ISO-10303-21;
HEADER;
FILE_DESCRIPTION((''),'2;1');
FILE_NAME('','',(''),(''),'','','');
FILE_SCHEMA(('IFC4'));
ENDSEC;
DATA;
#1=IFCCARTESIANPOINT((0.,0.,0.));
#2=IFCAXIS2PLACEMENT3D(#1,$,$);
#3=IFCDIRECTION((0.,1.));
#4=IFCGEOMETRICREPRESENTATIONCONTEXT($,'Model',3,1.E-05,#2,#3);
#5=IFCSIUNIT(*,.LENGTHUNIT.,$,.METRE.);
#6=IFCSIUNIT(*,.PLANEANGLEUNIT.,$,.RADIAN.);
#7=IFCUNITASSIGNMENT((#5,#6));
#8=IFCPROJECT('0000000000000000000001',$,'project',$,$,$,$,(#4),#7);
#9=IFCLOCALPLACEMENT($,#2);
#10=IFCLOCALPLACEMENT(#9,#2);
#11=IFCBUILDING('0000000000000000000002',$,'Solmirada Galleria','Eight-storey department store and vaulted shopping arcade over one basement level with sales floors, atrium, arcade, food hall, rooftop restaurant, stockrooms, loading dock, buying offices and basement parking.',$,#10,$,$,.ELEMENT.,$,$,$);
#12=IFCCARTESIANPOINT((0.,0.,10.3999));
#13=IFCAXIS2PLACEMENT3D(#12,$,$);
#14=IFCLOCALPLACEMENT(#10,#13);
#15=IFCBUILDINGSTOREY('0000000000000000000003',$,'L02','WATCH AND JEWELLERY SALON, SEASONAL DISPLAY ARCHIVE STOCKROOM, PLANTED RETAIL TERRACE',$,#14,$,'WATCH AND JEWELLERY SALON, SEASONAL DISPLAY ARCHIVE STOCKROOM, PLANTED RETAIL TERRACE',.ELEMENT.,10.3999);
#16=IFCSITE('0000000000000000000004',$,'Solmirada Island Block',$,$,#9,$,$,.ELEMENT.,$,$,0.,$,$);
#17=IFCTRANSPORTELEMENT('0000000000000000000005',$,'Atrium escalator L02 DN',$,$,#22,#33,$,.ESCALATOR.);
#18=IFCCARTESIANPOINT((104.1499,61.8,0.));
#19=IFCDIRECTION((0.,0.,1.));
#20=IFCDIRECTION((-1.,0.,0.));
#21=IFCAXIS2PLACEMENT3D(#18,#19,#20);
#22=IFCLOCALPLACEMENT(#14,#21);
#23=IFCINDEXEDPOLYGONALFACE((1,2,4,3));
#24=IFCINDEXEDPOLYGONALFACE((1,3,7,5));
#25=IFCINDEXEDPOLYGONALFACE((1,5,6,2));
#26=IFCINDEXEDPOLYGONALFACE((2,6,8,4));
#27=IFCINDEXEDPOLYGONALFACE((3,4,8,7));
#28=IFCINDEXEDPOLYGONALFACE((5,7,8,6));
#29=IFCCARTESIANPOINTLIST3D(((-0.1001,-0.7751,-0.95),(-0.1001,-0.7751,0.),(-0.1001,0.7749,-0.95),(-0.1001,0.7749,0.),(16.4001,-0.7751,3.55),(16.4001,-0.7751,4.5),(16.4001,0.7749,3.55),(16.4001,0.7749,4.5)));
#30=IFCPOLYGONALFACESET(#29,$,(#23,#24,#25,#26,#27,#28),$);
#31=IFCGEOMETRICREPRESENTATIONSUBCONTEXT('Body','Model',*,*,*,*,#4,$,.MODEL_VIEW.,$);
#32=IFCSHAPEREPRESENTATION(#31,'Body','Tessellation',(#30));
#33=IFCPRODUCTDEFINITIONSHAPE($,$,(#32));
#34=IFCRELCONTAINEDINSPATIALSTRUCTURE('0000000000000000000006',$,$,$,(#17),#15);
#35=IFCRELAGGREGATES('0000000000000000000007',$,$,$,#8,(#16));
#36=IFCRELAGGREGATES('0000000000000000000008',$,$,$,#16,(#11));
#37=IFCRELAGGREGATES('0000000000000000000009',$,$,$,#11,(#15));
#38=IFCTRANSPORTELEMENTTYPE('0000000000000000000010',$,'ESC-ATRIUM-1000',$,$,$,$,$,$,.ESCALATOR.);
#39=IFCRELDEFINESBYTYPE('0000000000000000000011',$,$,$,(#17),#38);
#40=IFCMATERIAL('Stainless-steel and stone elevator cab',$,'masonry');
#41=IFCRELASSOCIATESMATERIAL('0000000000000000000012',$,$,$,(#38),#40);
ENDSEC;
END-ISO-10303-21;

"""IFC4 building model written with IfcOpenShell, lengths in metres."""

from ifc_helpers import new_model, si_unit, direction, frame, origin, place, context, subcontext, project, spatial, polyline, outline, extrude, material, type_object, element, save


model = new_model("IFC4")

# Units and contexts
model_context = context("Model", 3, precision=1e-05, world=origin(), true_north=direction((0.0, 1.0)))
body_context = subcontext(model_context, "Body", "Model", "MODEL_VIEW")
ifc_project = project(units=[si_unit("LENGTHUNIT", "METRE"), si_unit("PLANEANGLEUNIT", "RADIAN")], contexts=[model_context])

# Site, building, storey
site_placement = place(None, origin())
site = spatial("IfcSite", under=ifc_project, at=site_placement, Name="Solmirada Island Block", CompositionType="ELEMENT", RefElevation=0.0)
building_placement = place(site_placement, origin())
building = spatial("IfcBuilding", under=site, at=building_placement, Name="Solmirada Galleria", Description="Eight-storey department store and vaulted shopping arcade over one basement level with sales floors, atrium, arcade, food hall, rooftop restaurant, stockrooms, loading dock, buying offices and basement parking.", CompositionType="ELEMENT")
storey_placement = place(building_placement, frame((0.0, 0.0, 10.3999)))
storey = spatial("IfcBuildingStorey", under=building, at=storey_placement, Name="L02", Description="WATCH AND JEWELLERY SALON, SEASONAL DISPLAY ARCHIVE STOCKROOM, PLANTED RETAIL TERRACE", LongName="WATCH AND JEWELLERY SALON, SEASONAL DISPLAY ARCHIVE STOCKROOM, PLANTED RETAIL TERRACE", CompositionType="ELEMENT", Elevation=10.3999)

# Transport element
ifc_material_1 = material(Name="Stainless-steel and stone elevator cab", Category="masonry")
transport_element_type = type_object("IfcTransportElementType", Name="ESC-ATRIUM-1000", PredefinedType="ESCALATOR", material=ifc_material_1)
transport_element_placement = place(storey_placement, frame((104.1499, 61.8, 0.0), z_axis=(0.0, 0.0, 1.0), x_axis=(-1.0, 0.0, 0.0)))
element("IfcTransportElement", 1, at=transport_element_placement, inside=storey, type_object=transport_element_type, Name="Atrium escalator L02 DN", PredefinedType="ESCALATOR", context=body_context, shape_type="SweptSolid", body=[
    extrude(outline(polyline([(-0.1001, 0.0), (16.4001, 4.5), (16.4001, 3.55), (-0.1001, -0.95), (-0.1001, 0.0)])), frame((0.0, 0.7749, 0.0), z_axis=(0.0, -1.0, 0.0), x_axis=(1.0, 0.0, 0.0)), (0.0, 0.0, 1.0), 1.55),
])

save(model, "model.ifc")
